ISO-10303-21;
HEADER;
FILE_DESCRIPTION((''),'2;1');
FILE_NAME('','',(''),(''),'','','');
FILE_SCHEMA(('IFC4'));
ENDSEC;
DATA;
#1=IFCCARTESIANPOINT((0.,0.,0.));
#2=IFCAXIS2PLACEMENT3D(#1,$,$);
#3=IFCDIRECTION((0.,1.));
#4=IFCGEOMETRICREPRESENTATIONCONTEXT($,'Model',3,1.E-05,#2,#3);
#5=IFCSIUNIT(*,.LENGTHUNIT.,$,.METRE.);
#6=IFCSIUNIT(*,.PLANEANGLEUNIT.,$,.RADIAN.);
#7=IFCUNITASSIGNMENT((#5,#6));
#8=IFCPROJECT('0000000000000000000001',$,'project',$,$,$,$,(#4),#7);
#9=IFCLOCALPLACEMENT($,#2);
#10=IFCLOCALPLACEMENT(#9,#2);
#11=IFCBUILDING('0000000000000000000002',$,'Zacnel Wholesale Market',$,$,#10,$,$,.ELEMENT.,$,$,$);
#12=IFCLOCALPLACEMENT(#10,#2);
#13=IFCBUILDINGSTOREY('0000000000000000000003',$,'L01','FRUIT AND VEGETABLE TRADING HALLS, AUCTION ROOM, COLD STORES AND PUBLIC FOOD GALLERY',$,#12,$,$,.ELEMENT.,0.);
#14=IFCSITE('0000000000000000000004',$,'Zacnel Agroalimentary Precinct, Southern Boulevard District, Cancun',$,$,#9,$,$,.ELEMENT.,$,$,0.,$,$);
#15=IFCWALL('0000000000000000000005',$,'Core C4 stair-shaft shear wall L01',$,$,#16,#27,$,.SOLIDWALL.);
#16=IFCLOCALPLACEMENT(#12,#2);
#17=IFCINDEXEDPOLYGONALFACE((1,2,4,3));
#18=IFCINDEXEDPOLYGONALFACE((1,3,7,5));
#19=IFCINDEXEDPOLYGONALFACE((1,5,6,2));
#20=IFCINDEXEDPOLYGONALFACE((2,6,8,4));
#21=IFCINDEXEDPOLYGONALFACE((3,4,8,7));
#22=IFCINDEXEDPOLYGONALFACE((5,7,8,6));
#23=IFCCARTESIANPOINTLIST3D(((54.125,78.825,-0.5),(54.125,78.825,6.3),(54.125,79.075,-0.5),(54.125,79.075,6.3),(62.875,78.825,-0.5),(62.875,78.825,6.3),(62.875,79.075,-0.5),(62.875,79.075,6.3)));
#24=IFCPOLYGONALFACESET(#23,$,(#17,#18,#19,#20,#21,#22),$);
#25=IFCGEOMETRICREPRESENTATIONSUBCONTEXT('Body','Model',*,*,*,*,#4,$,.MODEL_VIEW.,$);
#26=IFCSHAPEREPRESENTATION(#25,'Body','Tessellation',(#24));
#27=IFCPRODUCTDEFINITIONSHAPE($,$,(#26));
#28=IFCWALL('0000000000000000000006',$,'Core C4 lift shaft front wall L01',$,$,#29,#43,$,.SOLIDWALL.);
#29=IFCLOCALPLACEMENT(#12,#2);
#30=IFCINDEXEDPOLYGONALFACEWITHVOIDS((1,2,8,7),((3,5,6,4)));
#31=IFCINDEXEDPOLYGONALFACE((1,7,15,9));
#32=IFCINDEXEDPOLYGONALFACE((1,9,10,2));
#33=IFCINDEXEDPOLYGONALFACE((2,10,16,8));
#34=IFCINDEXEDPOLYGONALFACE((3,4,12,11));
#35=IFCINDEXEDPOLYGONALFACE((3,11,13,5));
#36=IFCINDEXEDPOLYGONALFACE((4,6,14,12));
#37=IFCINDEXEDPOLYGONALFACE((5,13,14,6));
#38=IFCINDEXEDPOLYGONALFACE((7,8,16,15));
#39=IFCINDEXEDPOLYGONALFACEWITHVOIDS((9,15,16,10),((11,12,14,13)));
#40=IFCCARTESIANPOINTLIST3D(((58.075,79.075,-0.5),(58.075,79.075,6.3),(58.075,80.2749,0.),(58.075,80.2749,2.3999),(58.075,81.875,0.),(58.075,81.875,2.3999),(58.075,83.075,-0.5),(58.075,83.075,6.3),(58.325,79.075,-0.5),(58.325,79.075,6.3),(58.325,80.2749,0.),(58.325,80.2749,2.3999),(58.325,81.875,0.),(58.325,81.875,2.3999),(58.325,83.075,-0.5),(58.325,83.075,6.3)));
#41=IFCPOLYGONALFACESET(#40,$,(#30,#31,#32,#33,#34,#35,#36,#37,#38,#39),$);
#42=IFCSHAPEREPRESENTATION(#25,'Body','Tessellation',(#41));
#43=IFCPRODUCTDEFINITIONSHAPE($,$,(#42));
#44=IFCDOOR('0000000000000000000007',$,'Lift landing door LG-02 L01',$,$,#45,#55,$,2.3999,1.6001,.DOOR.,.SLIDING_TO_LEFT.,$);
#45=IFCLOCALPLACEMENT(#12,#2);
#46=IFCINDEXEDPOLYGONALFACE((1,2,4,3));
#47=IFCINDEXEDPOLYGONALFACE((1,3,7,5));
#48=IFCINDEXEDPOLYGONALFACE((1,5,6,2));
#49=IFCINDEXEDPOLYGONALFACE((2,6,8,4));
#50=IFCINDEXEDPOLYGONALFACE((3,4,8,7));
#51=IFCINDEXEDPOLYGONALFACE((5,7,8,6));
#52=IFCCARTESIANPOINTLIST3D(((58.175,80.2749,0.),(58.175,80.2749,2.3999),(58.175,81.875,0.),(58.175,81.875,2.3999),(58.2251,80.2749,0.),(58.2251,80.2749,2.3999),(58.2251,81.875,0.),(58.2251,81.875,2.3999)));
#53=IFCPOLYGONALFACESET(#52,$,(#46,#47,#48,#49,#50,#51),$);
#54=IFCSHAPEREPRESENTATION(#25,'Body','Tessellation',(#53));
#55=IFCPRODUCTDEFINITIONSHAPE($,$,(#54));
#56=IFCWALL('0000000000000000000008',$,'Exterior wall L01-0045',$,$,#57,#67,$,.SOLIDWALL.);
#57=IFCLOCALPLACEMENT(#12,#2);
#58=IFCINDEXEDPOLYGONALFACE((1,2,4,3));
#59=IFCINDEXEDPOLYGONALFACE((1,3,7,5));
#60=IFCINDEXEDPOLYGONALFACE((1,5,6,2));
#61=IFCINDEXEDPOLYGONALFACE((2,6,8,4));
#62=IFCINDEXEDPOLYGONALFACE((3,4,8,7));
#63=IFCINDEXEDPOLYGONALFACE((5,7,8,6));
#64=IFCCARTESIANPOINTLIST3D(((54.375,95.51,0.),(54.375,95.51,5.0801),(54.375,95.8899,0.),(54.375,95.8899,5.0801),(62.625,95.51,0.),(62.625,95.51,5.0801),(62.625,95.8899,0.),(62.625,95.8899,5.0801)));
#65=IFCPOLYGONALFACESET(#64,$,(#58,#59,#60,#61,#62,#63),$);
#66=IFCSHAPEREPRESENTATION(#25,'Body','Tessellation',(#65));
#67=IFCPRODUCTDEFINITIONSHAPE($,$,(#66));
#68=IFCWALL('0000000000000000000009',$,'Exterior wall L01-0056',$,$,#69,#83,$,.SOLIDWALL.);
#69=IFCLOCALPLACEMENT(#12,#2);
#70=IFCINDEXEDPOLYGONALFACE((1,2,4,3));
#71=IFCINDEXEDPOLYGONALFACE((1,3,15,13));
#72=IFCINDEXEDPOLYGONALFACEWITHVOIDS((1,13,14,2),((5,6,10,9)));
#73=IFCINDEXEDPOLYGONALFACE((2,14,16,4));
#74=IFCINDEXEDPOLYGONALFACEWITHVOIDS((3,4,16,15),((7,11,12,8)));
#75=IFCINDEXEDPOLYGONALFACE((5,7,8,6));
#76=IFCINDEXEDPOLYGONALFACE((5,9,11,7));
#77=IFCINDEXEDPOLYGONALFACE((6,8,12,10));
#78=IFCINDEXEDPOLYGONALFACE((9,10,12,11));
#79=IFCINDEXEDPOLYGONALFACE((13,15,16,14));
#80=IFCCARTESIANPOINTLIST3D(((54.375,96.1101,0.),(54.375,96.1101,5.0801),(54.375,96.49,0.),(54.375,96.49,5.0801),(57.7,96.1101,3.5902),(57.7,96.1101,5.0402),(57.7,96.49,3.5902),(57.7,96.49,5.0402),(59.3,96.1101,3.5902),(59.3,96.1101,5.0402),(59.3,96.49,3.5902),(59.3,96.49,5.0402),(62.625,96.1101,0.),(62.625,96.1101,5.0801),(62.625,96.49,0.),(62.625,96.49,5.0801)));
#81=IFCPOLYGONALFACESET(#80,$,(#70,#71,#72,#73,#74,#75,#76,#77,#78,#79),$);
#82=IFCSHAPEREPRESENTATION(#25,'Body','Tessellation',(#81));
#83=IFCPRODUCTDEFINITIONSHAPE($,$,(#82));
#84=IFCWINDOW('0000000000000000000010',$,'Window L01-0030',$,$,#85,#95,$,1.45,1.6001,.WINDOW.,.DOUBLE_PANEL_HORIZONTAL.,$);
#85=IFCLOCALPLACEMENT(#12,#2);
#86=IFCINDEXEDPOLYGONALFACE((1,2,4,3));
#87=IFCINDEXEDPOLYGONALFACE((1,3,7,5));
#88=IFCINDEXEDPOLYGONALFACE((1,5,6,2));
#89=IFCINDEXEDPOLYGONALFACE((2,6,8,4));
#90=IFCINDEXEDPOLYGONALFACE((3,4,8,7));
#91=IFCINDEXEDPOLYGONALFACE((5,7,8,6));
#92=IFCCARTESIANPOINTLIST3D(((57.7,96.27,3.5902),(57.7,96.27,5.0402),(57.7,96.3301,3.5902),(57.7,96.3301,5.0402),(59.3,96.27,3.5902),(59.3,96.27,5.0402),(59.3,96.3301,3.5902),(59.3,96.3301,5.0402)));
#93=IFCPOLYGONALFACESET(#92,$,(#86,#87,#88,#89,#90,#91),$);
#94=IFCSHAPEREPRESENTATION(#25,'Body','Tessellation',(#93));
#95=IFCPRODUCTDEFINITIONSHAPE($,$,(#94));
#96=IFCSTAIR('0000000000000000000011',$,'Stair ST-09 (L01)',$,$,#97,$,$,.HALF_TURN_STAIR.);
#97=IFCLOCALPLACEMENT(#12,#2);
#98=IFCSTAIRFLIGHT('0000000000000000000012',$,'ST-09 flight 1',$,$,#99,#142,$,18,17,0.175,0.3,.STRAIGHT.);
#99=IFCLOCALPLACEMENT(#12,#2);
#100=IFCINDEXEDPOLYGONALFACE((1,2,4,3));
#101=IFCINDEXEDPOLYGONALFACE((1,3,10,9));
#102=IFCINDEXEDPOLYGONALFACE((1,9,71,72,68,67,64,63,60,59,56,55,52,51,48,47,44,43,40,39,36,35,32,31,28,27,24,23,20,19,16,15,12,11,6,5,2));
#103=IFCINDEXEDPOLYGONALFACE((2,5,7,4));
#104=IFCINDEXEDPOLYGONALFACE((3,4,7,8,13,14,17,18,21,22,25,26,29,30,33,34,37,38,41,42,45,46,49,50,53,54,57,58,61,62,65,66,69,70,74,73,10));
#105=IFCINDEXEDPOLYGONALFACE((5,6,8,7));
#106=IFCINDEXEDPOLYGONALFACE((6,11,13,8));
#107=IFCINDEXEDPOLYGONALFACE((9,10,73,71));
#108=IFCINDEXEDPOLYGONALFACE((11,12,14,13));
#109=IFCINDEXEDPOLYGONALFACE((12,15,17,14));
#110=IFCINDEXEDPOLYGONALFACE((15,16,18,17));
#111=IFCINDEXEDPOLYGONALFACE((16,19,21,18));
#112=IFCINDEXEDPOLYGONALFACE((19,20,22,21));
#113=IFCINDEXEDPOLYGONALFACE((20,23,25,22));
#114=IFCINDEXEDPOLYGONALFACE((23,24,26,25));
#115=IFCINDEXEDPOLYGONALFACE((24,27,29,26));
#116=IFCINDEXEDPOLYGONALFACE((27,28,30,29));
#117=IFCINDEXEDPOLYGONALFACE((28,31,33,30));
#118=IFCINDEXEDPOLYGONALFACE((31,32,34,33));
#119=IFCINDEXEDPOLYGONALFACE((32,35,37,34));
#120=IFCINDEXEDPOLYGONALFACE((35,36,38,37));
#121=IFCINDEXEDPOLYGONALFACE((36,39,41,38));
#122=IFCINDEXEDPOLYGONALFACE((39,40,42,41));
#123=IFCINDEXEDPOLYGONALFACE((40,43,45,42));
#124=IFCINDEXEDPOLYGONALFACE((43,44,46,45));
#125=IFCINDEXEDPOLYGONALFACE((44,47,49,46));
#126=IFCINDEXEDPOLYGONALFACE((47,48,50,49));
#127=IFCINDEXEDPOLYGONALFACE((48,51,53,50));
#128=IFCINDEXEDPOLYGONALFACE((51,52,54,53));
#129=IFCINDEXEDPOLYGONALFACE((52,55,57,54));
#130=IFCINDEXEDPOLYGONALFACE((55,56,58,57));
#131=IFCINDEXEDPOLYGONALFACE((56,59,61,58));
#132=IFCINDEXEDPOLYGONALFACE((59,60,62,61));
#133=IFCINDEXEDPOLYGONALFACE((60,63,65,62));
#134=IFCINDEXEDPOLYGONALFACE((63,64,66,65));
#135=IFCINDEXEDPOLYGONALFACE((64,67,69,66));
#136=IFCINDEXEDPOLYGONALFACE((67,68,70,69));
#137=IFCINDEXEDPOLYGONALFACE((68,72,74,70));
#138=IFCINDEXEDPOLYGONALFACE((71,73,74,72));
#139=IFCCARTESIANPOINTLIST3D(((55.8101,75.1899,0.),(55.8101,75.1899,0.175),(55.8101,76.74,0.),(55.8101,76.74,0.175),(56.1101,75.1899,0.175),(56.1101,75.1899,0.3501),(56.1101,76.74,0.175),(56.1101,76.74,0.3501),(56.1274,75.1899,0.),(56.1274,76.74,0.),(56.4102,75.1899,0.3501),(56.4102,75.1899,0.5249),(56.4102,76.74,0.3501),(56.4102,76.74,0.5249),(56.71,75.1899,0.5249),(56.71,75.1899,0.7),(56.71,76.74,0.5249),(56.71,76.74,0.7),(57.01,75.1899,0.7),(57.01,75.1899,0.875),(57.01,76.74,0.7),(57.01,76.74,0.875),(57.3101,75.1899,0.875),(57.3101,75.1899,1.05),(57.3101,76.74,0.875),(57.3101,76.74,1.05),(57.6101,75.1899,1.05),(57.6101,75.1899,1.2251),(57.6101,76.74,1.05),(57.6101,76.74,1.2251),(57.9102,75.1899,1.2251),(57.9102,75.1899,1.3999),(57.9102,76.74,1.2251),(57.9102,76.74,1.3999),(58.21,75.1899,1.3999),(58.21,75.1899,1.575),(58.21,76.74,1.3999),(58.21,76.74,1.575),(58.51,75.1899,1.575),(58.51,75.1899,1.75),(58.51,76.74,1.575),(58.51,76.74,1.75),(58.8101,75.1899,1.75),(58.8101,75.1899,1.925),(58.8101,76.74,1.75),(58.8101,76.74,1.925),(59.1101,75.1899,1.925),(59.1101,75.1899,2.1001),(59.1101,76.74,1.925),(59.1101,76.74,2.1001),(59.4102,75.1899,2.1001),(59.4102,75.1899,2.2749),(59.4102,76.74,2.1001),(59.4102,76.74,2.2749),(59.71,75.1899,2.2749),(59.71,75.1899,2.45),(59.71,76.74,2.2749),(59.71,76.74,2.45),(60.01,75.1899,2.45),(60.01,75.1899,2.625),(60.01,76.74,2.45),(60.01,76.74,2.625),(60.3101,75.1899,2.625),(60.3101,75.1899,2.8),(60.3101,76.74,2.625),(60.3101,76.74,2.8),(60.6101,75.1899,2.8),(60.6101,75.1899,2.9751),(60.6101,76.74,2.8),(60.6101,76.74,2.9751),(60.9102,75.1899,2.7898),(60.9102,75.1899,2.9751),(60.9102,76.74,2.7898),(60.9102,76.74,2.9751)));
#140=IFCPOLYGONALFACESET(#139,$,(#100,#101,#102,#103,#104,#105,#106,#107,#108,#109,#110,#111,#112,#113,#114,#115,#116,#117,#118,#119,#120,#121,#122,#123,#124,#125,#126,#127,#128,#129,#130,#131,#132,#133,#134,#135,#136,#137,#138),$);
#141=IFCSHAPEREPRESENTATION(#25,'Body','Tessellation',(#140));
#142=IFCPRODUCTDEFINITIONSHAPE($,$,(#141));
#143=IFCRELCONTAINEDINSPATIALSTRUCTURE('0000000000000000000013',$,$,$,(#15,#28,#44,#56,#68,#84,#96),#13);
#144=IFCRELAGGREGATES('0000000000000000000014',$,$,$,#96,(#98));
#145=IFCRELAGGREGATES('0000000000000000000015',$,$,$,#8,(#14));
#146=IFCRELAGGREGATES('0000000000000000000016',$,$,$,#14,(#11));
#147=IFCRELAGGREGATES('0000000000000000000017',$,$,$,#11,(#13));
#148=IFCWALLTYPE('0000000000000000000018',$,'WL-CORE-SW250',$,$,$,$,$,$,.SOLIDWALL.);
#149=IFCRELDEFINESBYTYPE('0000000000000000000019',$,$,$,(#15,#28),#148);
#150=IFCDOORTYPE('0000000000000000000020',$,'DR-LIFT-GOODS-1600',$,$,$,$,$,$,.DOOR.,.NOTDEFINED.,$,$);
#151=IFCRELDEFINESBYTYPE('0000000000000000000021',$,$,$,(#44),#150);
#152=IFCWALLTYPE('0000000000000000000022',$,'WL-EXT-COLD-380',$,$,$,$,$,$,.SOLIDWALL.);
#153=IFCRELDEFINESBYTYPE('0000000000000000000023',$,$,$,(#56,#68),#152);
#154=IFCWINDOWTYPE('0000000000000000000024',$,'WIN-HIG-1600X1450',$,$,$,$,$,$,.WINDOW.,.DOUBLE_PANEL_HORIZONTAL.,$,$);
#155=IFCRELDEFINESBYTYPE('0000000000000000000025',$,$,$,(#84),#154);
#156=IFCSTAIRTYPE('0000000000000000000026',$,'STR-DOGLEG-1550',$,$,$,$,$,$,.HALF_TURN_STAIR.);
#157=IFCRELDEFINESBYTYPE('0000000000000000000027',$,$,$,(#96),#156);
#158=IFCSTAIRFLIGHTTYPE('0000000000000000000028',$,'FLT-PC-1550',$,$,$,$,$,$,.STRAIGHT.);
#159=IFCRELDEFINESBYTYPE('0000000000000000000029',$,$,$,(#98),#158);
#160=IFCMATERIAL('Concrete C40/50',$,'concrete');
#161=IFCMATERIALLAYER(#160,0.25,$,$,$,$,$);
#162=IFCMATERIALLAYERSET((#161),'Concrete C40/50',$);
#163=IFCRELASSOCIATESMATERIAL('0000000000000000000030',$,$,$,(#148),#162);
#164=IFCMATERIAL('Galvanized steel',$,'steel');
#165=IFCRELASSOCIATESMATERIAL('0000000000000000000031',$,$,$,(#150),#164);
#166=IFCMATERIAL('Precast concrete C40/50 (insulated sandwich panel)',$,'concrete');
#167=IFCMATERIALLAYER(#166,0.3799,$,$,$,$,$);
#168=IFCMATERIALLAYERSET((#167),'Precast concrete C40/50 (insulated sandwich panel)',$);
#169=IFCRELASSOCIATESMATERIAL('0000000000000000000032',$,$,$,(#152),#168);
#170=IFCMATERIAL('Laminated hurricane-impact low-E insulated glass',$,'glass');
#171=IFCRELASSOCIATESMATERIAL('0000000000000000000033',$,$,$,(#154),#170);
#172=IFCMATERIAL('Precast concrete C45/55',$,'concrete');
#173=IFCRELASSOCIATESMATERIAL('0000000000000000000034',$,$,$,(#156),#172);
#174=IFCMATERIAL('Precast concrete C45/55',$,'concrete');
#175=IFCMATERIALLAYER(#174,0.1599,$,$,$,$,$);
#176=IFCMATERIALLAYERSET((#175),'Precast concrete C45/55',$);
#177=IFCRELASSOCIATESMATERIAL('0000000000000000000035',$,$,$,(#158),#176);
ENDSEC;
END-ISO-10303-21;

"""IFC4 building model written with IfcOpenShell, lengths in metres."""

from ifc_helpers import new_model, si_unit, direction, frame, frame_2d, origin, place, context, subcontext, project, spatial, polyline, rectangle, outline, extrude, material, layer, layer_set, type_object, element, fill, aggregate, save


model = new_model("IFC4")

# Units and contexts
model_context = context("Model", 3, precision=1e-05, world=origin(), true_north=direction((0.0, 1.0)))
body_context = subcontext(model_context, "Body", "Model", "MODEL_VIEW")
ifc_project = project(units=[si_unit("LENGTHUNIT", "METRE"), si_unit("PLANEANGLEUNIT", "RADIAN")], contexts=[model_context])

# Site, building, storey
site_placement = place(None, origin())
site = spatial("IfcSite", under=ifc_project, at=site_placement, Name="Zacnel Agroalimentary Precinct, Southern Boulevard District, Cancun", CompositionType="ELEMENT", RefElevation=0.0)
building_placement = place(site_placement, origin())
building = spatial("IfcBuilding", under=site, at=building_placement, Name="Zacnel Wholesale Market", CompositionType="ELEMENT")
storey_placement = place(building_placement, origin())
storey = spatial("IfcBuildingStorey", under=building, at=storey_placement, Name="L01", Description="FRUIT AND VEGETABLE TRADING HALLS, AUCTION ROOM, COLD STORES AND PUBLIC FOOD GALLERY", CompositionType="ELEMENT", Elevation=0.0)

# Shared definitions
ifc_material_1 = material(Name="Concrete C40/50", Category="concrete")
ifc_layer_1 = layer(ifc_material_1, 0.25)
ifc_layer_set_1 = layer_set([ifc_layer_1], Name="Concrete C40/50")
wall_type_1 = type_object("IfcWallType", Name="WL-CORE-SW250", PredefinedType="SOLIDWALL", material=ifc_layer_set_1)

# Wall
wall_1_placement = place(storey_placement, frame((54.125, 78.95, -0.5), z_axis=(0.0, 0.0, 1.0), x_axis=(1.0, 0.0, 0.0)))
element("IfcWall", 1, at=wall_1_placement, inside=storey, type_object=wall_type_1, Name="Core C4 stair-shaft shear wall L01", PredefinedType="SOLIDWALL", context=body_context, shape_type="SweptSolid", body=[
    extrude(rectangle(XDim=8.75, YDim=0.25, at=frame_2d((4.375, 0.0))), origin(), (0.0, 0.0, 1.0), 6.8),
])

# Wall, opening, door
wall_2_placement = place(storey_placement, frame((58.2, 79.075, -0.5), z_axis=(0.0, 0.0, 1.0), x_axis=(0.0, 1.0, 0.0)))
wall_2 = element("IfcWall", 2, at=wall_2_placement, inside=storey, type_object=wall_type_1, Name="Core C4 lift shaft front wall L01", PredefinedType="SOLIDWALL", context=body_context, shape_type="SweptSolid", body=[
    extrude(rectangle(XDim=4.0, YDim=0.25, at=frame_2d((2.0, 0.0))), origin(), (0.0, 0.0, 1.0), 6.8),
])
opening_1_placement = place(wall_2_placement, frame((1.2, 0.0, 0.5)))
opening_1 = element("IfcOpeningElement", 3, at=opening_1_placement, cuts=wall_2, PredefinedType="OPENING", context=body_context, shape_type="SweptSolid", body=[
    extrude(rectangle(XDim=1.6001, YDim=2.3999, at=frame_2d((0.8, 1.2))), frame((0.0, 0.135, 0.0), z_axis=(0.0, -1.0, 0.0), x_axis=(1.0, 0.0, 0.0)), (0.0, 0.0, 1.0), 0.27),
])
ifc_material_2 = material(Name="Galvanized steel", Category="steel")
door_type_1 = type_object("IfcDoorType", Name="DR-LIFT-GOODS-1600", OperationType="NOTDEFINED", PredefinedType="DOOR", material=ifc_material_2)
door_1_placement = place(opening_1_placement, origin())
door_1 = element("IfcDoor", 4, at=door_1_placement, inside=storey, type_object=door_type_1, Name="Lift landing door LG-02 L01", OperationType="SLIDING_TO_LEFT", OverallHeight=2.3999, OverallWidth=1.6001, PredefinedType="DOOR", context=body_context, shape_type="SweptSolid", body=[
    extrude(rectangle(XDim=1.6001, YDim=2.3999, at=frame_2d((0.8, 1.2))), frame((0.0, 0.0249, 0.0), z_axis=(0.0, -1.0, 0.0), x_axis=(1.0, 0.0, 0.0)), (0.0, 0.0, 1.0), 0.05),
])
fill(opening_1, door_1)

# Wall
ifc_material_3 = material(Name="Precast concrete C40/50 (insulated sandwich panel)", Category="concrete")
ifc_layer_2 = layer(ifc_material_3, 0.3799)
ifc_layer_set_2 = layer_set([ifc_layer_2], Name="Precast concrete C40/50 (insulated sandwich panel)")
wall_type_2 = type_object("IfcWallType", Name="WL-EXT-COLD-380", PredefinedType="SOLIDWALL", material=ifc_layer_set_2)
wall_3_placement = place(storey_placement, frame((54.375, 95.7, 0.0), z_axis=(0.0, 0.0, 1.0), x_axis=(1.0, 0.0, 0.0)))
element("IfcWall", 5, at=wall_3_placement, inside=storey, type_object=wall_type_2, Name="Exterior wall L01-0045", PredefinedType="SOLIDWALL", context=body_context, shape_type="SweptSolid", body=[
    extrude(rectangle(XDim=8.25, YDim=0.3799, at=frame_2d((4.125, 0.0))), origin(), (0.0, 0.0, 1.0), 5.0801),
])

# Wall, opening, window
wall_4_placement = place(storey_placement, frame((54.375, 96.3, 0.0), z_axis=(0.0, 0.0, 1.0), x_axis=(1.0, 0.0, 0.0)))
wall_4 = element("IfcWall", 6, at=wall_4_placement, inside=storey, type_object=wall_type_2, Name="Exterior wall L01-0056", PredefinedType="SOLIDWALL", context=body_context, shape_type="SweptSolid", body=[
    extrude(rectangle(XDim=8.25, YDim=0.3799, at=frame_2d((4.125, 0.0))), origin(), (0.0, 0.0, 1.0), 5.0801),
])
opening_2_placement = place(wall_4_placement, frame((3.325, 0.0, 3.5901)))
opening_2 = element("IfcOpeningElement", 7, at=opening_2_placement, cuts=wall_4, PredefinedType="OPENING", context=body_context, shape_type="SweptSolid", body=[
    extrude(rectangle(XDim=1.6001, YDim=1.45, at=frame_2d((0.8, 0.7251))), frame((0.0, 0.2, 0.0), z_axis=(0.0, -1.0, 0.0), x_axis=(1.0, 0.0, 0.0)), (0.0, 0.0, 1.0), 0.3999),
])
ifc_material_4 = material(Name="Laminated hurricane-impact low-E insulated glass", Category="glass")
window_type = type_object("IfcWindowType", Name="WIN-HIG-1600X1450", PartitioningType="DOUBLE_PANEL_HORIZONTAL", PredefinedType="WINDOW", material=ifc_material_4)
window_placement = place(opening_2_placement, origin())
window = element("IfcWindow", 8, at=window_placement, inside=storey, type_object=window_type, Name="Window L01-0030", OverallHeight=1.45, OverallWidth=1.6001, PartitioningType="DOUBLE_PANEL_HORIZONTAL", PredefinedType="WINDOW", context=body_context, shape_type="SweptSolid", body=[
    extrude(rectangle(XDim=1.6001, YDim=1.45, at=frame_2d((0.8, 0.7251))), frame((0.0, 0.03, 0.0), z_axis=(0.0, -1.0, 0.0), x_axis=(1.0, 0.0, 0.0)), (0.0, 0.0, 1.0), 0.0601),
])
fill(opening_2, window)

# Stair, stair flight
ifc_material_5 = material(Name="Precast concrete C45/55", Category="concrete")
stair_type = type_object("IfcStairType", Name="STR-DOGLEG-1550", PredefinedType="HALF_TURN_STAIR", material=ifc_material_5)
stair_placement = place(storey_placement, origin())
stair = element("IfcStair", 9, at=stair_placement, inside=storey, type_object=stair_type, Name="Stair ST-09 (L01)", PredefinedType="HALF_TURN_STAIR")
ifc_material_6 = material(Name="Precast concrete C45/55", Category="concrete")
ifc_layer_3 = layer(ifc_material_6, 0.1599)
ifc_layer_set_3 = layer_set([ifc_layer_3], Name="Precast concrete C45/55")
stair_flight_type = type_object("IfcStairFlightType", Name="FLT-PC-1550", PredefinedType="STRAIGHT", material=ifc_layer_set_3)
stair_flight_1_placement = place(storey_placement, frame((55.8101, 75.9651, 0.0), z_axis=(0.0, 0.0, 1.0), x_axis=(1.0, 0.0, 0.0)))
stair_flight_1 = element("IfcStairFlight", 10, at=stair_flight_1_placement, type_object=stair_flight_type, Name="ST-09 flight 1", NumberOfRisers=18, NumberOfTreads=17, PredefinedType="STRAIGHT", RiserHeight=0.175, TreadLength=0.3, context=body_context, shape_type="SweptSolid", body=[
    extrude(outline(polyline([(0.0, 0.0), (0.0, 0.175), (0.3, 0.175), (0.3, 0.3501), (0.6001, 0.3501), (0.6001, 0.5249), (0.8999, 0.5249), (0.8999, 0.7), (1.2, 0.7), (1.2, 0.875), (1.5, 0.875), (1.5, 1.05), (1.8, 1.05), (1.8, 1.2251), (2.1001, 1.2251), (2.1001, 1.3999), (2.3999, 1.3999), (2.3999, 1.575), (2.7, 1.575), (2.7, 1.75), (3.0, 1.75), (3.0, 1.925), (3.3, 1.925), (3.3, 2.1001), (3.6001, 2.1001), (3.6001, 2.2749), (3.8999, 2.2749), (3.8999, 2.45), (4.2, 2.45), (4.2, 2.625), (4.5, 2.625), (4.5, 2.8), (4.8, 2.8), (4.8, 2.9751), (5.1001, 2.9751), (5.1001, 3.1499), (5.1001, 2.7898), (0.3174, 0.0), (0.0, 0.0)])), frame((0.0, 0.7749, 0.0), z_axis=(0.0, -1.0, 0.0), x_axis=(1.0, 0.0, 0.0)), (0.0, 0.0, 1.0), 1.55),
])
aggregate(stair, [stair_flight_1])

save(model, "model.ifc")
